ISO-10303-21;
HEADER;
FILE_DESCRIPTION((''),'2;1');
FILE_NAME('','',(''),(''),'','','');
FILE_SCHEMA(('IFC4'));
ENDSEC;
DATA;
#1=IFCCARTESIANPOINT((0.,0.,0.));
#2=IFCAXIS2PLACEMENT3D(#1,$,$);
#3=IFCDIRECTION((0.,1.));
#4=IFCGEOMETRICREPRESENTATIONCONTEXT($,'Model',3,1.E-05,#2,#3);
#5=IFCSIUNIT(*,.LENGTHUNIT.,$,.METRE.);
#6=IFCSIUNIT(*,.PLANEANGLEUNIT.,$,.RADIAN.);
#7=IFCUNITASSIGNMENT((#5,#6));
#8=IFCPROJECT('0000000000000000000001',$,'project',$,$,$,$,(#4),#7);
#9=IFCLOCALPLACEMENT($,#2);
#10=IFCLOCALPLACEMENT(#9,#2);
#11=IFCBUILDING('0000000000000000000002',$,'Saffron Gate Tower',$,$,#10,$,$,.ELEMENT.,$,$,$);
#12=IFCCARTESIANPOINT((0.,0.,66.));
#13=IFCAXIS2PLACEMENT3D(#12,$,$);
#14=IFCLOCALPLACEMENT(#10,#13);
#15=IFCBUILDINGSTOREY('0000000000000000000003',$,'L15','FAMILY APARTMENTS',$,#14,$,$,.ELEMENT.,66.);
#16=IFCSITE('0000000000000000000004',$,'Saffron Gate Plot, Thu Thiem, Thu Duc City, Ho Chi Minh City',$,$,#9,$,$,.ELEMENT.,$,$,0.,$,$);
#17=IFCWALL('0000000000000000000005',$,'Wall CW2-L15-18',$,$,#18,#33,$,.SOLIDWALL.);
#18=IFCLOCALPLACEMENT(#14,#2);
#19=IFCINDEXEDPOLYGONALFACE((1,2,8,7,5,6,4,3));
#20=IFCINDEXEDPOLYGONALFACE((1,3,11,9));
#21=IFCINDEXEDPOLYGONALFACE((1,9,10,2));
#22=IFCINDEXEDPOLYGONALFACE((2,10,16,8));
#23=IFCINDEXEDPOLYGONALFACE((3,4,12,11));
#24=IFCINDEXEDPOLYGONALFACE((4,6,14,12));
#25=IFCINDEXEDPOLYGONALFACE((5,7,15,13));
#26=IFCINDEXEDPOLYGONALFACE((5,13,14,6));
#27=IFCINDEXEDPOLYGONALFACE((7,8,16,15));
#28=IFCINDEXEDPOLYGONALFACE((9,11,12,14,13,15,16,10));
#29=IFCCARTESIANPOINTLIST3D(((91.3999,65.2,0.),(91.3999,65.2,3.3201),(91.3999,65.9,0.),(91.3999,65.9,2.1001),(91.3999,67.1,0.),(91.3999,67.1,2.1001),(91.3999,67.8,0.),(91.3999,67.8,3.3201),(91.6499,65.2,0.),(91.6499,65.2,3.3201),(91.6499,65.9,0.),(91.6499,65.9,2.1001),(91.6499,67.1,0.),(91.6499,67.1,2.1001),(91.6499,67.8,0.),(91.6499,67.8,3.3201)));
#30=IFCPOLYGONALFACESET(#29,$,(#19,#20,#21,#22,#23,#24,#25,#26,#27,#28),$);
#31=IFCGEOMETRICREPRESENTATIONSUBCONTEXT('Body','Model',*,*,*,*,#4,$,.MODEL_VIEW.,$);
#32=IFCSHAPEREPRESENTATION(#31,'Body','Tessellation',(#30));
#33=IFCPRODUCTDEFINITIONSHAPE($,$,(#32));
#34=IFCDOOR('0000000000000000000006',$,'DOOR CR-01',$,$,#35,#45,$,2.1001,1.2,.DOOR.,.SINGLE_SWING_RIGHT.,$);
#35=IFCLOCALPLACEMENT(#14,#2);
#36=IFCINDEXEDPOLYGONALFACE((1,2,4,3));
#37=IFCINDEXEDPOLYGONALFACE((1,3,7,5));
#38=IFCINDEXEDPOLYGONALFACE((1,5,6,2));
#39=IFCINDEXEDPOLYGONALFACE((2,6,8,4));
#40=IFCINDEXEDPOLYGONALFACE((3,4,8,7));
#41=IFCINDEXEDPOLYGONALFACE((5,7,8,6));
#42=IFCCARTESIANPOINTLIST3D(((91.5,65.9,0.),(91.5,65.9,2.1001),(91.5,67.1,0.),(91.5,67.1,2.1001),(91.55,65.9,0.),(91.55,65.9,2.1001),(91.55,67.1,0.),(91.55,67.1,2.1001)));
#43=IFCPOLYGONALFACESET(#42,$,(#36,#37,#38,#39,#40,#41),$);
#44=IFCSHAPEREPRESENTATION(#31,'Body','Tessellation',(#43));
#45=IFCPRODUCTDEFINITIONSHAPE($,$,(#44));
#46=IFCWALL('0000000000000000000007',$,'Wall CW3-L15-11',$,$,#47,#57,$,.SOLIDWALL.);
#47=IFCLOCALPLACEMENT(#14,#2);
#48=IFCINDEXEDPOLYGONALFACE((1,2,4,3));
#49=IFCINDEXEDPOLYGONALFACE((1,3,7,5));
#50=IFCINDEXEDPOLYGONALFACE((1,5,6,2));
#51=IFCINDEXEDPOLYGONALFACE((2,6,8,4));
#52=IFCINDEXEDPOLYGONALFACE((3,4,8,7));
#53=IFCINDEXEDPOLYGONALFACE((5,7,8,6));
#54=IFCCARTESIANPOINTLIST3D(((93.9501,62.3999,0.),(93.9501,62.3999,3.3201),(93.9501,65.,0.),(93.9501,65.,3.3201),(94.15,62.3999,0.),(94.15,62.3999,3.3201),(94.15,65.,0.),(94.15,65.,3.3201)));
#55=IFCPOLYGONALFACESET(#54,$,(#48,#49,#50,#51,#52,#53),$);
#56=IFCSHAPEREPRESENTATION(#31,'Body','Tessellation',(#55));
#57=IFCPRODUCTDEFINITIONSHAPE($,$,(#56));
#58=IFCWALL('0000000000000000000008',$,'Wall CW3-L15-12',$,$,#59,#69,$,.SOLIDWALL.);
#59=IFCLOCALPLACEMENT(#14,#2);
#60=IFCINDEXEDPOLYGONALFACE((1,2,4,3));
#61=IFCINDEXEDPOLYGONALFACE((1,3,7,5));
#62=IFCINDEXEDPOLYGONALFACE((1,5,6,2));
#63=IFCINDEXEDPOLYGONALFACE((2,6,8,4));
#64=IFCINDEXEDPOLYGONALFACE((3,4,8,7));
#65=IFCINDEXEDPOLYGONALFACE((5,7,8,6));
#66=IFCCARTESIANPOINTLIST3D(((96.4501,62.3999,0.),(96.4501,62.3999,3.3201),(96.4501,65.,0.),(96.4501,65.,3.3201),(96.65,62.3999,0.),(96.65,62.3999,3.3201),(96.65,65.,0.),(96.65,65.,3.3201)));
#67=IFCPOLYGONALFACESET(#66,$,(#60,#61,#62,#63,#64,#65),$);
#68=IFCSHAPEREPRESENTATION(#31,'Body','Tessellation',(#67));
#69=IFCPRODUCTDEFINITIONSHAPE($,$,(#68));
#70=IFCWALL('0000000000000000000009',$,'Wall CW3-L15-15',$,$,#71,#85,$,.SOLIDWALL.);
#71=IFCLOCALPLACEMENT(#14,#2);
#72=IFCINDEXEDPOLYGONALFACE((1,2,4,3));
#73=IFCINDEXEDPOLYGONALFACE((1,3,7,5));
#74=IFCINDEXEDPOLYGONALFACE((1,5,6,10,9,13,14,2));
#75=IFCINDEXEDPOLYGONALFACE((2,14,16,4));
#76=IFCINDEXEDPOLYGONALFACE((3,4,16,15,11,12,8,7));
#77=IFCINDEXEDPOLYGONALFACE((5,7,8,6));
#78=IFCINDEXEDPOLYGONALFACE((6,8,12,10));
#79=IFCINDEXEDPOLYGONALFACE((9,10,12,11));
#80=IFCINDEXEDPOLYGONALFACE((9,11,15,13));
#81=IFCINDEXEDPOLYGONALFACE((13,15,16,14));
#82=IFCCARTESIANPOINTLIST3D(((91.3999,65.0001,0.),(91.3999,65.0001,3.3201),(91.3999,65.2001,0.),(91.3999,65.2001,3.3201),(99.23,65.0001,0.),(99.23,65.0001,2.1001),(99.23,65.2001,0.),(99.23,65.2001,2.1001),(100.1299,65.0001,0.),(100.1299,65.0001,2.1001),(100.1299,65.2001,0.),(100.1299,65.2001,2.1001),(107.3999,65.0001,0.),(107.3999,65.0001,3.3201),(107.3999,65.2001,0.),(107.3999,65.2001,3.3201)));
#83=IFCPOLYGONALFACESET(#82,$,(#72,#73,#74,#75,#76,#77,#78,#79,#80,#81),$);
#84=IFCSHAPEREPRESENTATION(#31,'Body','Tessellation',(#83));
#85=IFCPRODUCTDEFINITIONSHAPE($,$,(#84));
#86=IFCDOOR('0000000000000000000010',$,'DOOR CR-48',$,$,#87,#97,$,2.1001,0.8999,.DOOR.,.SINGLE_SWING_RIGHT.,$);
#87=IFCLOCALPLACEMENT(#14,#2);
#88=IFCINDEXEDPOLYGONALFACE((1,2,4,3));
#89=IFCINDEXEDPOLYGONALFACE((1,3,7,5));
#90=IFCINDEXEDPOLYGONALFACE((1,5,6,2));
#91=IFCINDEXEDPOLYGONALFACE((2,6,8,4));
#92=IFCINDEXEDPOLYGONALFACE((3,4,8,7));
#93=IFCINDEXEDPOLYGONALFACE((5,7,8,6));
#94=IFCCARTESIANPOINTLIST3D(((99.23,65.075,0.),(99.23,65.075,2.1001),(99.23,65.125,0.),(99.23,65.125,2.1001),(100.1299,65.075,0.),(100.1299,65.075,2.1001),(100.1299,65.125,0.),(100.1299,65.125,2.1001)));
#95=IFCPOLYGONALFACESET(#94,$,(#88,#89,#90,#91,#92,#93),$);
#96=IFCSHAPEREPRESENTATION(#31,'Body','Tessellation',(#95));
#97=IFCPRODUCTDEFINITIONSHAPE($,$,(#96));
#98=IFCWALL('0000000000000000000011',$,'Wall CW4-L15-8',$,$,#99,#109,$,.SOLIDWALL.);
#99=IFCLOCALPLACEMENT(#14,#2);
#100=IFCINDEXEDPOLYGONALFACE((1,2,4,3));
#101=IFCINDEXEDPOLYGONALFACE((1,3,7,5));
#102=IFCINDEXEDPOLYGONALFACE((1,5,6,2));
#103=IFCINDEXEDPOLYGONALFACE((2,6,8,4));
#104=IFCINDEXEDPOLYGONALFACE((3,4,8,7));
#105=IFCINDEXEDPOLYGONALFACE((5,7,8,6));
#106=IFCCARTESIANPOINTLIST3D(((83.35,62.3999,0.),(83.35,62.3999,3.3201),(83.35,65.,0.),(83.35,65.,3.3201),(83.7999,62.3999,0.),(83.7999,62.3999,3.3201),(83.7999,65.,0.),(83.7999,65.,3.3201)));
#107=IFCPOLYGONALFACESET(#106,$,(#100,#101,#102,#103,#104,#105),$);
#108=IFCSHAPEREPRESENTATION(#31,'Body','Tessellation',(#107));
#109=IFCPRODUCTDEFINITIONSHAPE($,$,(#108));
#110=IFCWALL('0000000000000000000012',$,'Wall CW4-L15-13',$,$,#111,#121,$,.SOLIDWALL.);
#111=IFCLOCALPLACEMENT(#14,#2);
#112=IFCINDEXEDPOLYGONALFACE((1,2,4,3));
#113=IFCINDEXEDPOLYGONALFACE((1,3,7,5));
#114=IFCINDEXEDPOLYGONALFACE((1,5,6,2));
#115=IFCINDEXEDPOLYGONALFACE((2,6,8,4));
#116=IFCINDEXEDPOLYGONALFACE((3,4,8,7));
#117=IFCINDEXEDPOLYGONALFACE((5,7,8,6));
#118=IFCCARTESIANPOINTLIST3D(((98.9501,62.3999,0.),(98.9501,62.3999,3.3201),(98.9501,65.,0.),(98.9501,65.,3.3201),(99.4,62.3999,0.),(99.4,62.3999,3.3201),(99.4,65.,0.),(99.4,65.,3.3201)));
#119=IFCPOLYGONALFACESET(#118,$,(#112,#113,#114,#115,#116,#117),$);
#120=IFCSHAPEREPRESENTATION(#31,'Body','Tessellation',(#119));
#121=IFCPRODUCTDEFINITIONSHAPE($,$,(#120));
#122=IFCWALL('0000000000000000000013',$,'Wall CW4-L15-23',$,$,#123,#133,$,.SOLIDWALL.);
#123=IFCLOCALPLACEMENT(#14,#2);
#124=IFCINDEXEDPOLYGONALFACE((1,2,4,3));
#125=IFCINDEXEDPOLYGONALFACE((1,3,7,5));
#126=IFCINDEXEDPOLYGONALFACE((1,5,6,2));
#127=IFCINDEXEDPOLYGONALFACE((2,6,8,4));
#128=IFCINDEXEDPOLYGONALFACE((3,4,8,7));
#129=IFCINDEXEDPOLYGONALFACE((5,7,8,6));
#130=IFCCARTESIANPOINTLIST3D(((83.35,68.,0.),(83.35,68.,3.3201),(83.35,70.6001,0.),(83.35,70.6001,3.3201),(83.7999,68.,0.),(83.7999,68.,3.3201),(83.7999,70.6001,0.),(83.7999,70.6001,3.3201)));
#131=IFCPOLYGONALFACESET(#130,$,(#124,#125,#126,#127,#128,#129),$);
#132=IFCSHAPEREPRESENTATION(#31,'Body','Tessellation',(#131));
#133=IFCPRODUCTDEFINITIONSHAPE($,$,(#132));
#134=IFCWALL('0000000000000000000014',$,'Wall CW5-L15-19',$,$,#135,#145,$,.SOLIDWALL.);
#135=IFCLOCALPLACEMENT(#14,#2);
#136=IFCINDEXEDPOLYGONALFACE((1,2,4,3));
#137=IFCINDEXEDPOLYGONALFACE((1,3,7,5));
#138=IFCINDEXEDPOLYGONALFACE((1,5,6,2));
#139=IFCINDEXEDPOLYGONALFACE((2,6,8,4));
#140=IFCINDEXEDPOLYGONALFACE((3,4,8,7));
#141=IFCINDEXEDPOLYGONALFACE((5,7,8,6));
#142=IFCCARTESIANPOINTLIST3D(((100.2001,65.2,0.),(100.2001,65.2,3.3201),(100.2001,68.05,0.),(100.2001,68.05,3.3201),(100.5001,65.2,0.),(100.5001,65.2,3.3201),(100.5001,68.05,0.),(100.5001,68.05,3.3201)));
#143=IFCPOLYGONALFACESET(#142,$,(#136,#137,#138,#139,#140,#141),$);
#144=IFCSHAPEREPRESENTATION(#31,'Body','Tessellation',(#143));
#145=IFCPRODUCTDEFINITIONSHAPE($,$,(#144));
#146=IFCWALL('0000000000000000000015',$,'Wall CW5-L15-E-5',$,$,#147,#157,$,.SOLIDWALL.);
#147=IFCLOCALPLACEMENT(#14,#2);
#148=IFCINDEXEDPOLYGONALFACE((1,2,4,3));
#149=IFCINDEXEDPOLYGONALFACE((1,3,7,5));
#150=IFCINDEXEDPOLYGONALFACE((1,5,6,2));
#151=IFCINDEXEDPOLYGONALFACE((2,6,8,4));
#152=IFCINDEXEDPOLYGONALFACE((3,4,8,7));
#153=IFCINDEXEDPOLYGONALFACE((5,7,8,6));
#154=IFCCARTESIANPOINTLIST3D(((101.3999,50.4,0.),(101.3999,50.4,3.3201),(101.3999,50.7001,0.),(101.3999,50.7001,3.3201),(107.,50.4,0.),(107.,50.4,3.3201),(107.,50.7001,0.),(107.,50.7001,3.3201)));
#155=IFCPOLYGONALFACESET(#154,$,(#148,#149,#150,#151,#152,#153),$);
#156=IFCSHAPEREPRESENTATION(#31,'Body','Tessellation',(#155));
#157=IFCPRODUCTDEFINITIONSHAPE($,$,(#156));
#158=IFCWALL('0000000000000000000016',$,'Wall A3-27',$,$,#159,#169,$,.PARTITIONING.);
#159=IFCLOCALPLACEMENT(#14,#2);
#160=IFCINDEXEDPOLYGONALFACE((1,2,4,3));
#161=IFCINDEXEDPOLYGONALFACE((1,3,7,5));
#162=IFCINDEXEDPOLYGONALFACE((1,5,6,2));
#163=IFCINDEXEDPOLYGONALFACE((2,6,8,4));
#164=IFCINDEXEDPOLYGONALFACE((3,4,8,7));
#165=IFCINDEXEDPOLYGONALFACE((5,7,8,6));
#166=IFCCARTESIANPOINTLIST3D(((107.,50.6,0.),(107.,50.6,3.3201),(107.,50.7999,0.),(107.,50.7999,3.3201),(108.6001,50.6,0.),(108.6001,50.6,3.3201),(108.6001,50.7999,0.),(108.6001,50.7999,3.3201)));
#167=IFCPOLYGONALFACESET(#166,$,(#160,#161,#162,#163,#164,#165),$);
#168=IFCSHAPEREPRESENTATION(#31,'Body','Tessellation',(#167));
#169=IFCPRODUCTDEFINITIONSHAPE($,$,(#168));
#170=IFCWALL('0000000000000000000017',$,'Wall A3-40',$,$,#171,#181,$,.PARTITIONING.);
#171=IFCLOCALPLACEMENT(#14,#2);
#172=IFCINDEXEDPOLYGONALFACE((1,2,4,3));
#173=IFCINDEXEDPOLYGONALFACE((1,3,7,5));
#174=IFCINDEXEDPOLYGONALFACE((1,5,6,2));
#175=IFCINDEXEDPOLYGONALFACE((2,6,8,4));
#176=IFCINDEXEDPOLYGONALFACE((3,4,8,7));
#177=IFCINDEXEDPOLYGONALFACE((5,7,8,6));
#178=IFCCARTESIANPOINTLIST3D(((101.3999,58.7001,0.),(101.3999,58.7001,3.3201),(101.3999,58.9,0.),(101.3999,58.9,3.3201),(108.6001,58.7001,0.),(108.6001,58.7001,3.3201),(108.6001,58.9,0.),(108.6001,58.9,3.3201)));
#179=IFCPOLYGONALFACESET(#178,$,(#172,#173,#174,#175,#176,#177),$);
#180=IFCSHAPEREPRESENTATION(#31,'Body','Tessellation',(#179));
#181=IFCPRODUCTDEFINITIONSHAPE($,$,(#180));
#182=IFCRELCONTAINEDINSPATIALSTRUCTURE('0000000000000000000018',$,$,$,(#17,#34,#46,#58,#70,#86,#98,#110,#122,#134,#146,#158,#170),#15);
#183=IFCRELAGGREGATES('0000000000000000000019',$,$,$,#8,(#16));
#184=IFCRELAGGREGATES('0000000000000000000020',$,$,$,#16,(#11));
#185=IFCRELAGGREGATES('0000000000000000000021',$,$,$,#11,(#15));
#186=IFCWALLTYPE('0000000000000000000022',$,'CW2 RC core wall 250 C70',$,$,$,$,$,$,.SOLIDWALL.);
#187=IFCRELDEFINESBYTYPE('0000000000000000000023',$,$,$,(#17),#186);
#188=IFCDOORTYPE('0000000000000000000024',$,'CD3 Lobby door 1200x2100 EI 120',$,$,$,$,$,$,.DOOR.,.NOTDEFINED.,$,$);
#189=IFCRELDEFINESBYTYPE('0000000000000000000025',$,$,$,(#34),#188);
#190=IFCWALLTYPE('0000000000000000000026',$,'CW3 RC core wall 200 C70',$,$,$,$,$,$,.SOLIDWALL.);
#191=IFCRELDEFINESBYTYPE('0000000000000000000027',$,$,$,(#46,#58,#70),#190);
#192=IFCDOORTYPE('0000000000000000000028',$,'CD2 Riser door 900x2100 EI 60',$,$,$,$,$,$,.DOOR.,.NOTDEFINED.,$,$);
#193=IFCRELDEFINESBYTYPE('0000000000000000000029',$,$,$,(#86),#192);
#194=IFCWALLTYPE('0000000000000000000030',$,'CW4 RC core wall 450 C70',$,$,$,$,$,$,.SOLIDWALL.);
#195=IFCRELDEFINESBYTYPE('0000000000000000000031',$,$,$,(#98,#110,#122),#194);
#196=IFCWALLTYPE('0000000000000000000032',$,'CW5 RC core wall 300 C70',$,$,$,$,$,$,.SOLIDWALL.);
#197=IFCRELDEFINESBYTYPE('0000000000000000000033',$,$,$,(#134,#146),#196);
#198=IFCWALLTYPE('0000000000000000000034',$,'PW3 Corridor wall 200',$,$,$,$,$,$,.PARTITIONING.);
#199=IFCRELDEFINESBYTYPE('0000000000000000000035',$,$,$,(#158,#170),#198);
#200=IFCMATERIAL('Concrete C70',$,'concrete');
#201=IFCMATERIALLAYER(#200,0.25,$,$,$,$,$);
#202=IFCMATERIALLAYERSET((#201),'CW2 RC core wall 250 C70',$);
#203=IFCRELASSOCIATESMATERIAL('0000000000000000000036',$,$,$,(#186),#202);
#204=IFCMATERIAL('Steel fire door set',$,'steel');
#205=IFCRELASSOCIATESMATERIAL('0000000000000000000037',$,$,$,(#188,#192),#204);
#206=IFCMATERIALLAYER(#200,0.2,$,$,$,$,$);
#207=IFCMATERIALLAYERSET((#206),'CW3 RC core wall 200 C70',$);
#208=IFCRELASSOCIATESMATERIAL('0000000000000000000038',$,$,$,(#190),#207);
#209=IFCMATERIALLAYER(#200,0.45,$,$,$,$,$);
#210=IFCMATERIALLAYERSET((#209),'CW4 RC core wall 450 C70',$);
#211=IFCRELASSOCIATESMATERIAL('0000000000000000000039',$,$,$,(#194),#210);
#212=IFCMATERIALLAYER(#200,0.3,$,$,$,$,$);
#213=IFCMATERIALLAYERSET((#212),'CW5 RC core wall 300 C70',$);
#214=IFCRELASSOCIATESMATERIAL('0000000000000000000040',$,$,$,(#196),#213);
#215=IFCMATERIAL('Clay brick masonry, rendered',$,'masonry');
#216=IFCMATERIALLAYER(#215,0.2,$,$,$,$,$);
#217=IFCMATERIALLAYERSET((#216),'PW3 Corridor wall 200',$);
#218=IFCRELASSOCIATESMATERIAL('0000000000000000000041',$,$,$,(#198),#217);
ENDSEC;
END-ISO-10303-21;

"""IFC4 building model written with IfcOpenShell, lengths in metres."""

from ifc_helpers import new_model, si_unit, direction, frame, frame_2d, origin, place, context, subcontext, project, spatial, rectangle, extrude, material, layer, layer_set, type_object, element, fill, save


model = new_model("IFC4")

# Units and contexts
model_context = context("Model", 3, precision=1e-05, world=origin(), true_north=direction((0.0, 1.0)))
body_context = subcontext(model_context, "Body", "Model", "MODEL_VIEW")
ifc_project = project(units=[si_unit("LENGTHUNIT", "METRE"), si_unit("PLANEANGLEUNIT", "RADIAN")], contexts=[model_context])

# Site, building, storey
site_placement = place(None, origin())
site = spatial("IfcSite", under=ifc_project, at=site_placement, Name="Saffron Gate Plot, Thu Thiem, Thu Duc City, Ho Chi Minh City", CompositionType="ELEMENT", RefElevation=0.0)
building_placement = place(site_placement, origin())
building = spatial("IfcBuilding", under=site, at=building_placement, Name="Saffron Gate Tower", CompositionType="ELEMENT")
storey_placement = place(building_placement, frame((0.0, 0.0, 66.0)))
storey = spatial("IfcBuildingStorey", under=building, at=storey_placement, Name="L15", Description="FAMILY APARTMENTS", CompositionType="ELEMENT", Elevation=66.0)

# Shared definitions
ifc_material_1 = material(Name="Concrete C70", Category="concrete")
ifc_material_2 = material(Name="Steel fire door set", Category="steel")

# Shared definitions
ifc_layer_1 = layer(ifc_material_1, 0.25)
ifc_layer_set_1 = layer_set([ifc_layer_1], Name="CW2 RC core wall 250 C70")
wall_type_1 = type_object("IfcWallType", Name="CW2 RC core wall 250 C70", PredefinedType="SOLIDWALL", material=ifc_layer_set_1)

# Wall, opening, door
door_type_1 = type_object("IfcDoorType", Name="CD3 Lobby door 1200x2100 EI 120", OperationType="NOTDEFINED", PredefinedType="DOOR", material=ifc_material_2)
wall_1_placement = place(storey_placement, frame((91.5249, 65.2, 0.0), z_axis=(0.0, 0.0, 1.0), x_axis=(0.0, 1.0, 0.0)))
wall_1 = element("IfcWall", 1, at=wall_1_placement, inside=storey, type_object=wall_type_1, Name="Wall CW2-L15-18", PredefinedType="SOLIDWALL", context=body_context, shape_type="SweptSolid", body=[
    extrude(rectangle(XDim=2.6001, YDim=0.25, at=frame_2d((1.3, 0.0))), origin(), (0.0, 0.0, 1.0), 3.3201),
])
opening_1_placement = place(wall_1_placement, frame((0.7, 0.0, 0.0)))
opening_1 = element("IfcOpeningElement", 2, at=opening_1_placement, cuts=wall_1, PredefinedType="OPENING", context=body_context, shape_type="SweptSolid", body=[
    extrude(rectangle(XDim=1.2, YDim=2.1001, at=frame_2d((0.6001, 1.05))), frame((0.0, 0.135, 0.0), z_axis=(0.0, -1.0, 0.0), x_axis=(1.0, 0.0, 0.0)), (0.0, 0.0, 1.0), 0.27),
])
door_1_placement = place(opening_1_placement, origin())
door_1 = element("IfcDoor", 3, at=door_1_placement, inside=storey, type_object=door_type_1, Name="DOOR CR-01", OperationType="SINGLE_SWING_RIGHT", OverallHeight=2.1001, OverallWidth=1.2, PredefinedType="DOOR", context=body_context, shape_type="SweptSolid", body=[
    extrude(rectangle(XDim=1.2, YDim=2.1001, at=frame_2d((0.6001, 1.05))), frame((0.0, 0.0249, 0.0), z_axis=(0.0, -1.0, 0.0), x_axis=(1.0, 0.0, 0.0)), (0.0, 0.0, 1.0), 0.05),
])
fill(opening_1, door_1)

# Walls
ifc_layer_2 = layer(ifc_material_1, 0.2)
ifc_layer_set_2 = layer_set([ifc_layer_2], Name="CW3 RC core wall 200 C70")
wall_type_2 = type_object("IfcWallType", Name="CW3 RC core wall 200 C70", PredefinedType="SOLIDWALL", material=ifc_layer_set_2)
for number, where, z_axis, x_axis, name in (
    (4, (94.05, 62.3999, 0.0), (0.0, 0.0, 1.0), (0.0, 1.0, 0.0), "Wall CW3-L15-11"),
    (5, (96.55, 62.3999, 0.0), (0.0, 0.0, 1.0), (0.0, 1.0, 0.0), "Wall CW3-L15-12"),
):
    element("IfcWall", number, at=place(storey_placement, frame(where, z_axis=z_axis, x_axis=x_axis)), inside=storey, type_object=wall_type_2, Name=name, PredefinedType="SOLIDWALL", context=body_context, shape_type="SweptSolid", body=[
        extrude(rectangle(XDim=2.6001, YDim=0.2, at=frame_2d((1.3, 0.0))), origin(), (0.0, 0.0, 1.0), 3.3201),
    ])

# Wall, opening, door
wall_2_placement = place(storey_placement, frame((91.3999, 65.1001, 0.0), z_axis=(0.0, 0.0, 1.0), x_axis=(1.0, 0.0, 0.0)))
wall_2 = element("IfcWall", 6, at=wall_2_placement, inside=storey, type_object=wall_type_2, Name="Wall CW3-L15-15", PredefinedType="SOLIDWALL", context=body_context, shape_type="SweptSolid", body=[
    extrude(rectangle(XDim=16.0, YDim=0.2, at=frame_2d((8.0, 0.0))), origin(), (0.0, 0.0, 1.0), 3.3201),
])
opening_2_placement = place(wall_2_placement, frame((7.8301, 0.0, 0.0)))
opening_2 = element("IfcOpeningElement", 7, at=opening_2_placement, cuts=wall_2, PredefinedType="OPENING", context=body_context, shape_type="SweptSolid", body=[
    extrude(rectangle(XDim=0.8999, YDim=2.1001, at=frame_2d((0.45, 1.05))), frame((0.0, 0.1099, 0.0), z_axis=(0.0, -1.0, 0.0), x_axis=(1.0, 0.0, 0.0)), (0.0, 0.0, 1.0), 0.22),
])
door_type_2 = type_object("IfcDoorType", Name="CD2 Riser door 900x2100 EI 60", OperationType="NOTDEFINED", PredefinedType="DOOR", material=ifc_material_2)
door_2_placement = place(opening_2_placement, origin())
door_2 = element("IfcDoor", 8, at=door_2_placement, inside=storey, type_object=door_type_2, Name="DOOR CR-48", OperationType="SINGLE_SWING_RIGHT", OverallHeight=2.1001, OverallWidth=0.8999, PredefinedType="DOOR", context=body_context, shape_type="SweptSolid", body=[
    extrude(rectangle(XDim=0.8999, YDim=2.1001, at=frame_2d((0.45, 1.05))), frame((0.0, 0.0249, 0.0), z_axis=(0.0, -1.0, 0.0), x_axis=(1.0, 0.0, 0.0)), (0.0, 0.0, 1.0), 0.05),
])
fill(opening_2, door_2)

# Walls
ifc_layer_3 = layer(ifc_material_1, 0.45)
ifc_layer_set_3 = layer_set([ifc_layer_3], Name="CW4 RC core wall 450 C70")
wall_type_3 = type_object("IfcWallType", Name="CW4 RC core wall 450 C70", PredefinedType="SOLIDWALL", material=ifc_layer_set_3)
for number, where, z_axis, x_axis, name in (
    (9, (83.575, 62.3999, 0.0), (0.0, 0.0, 1.0), (0.0, 1.0, 0.0), "Wall CW4-L15-8"),
    (10, (99.175, 62.3999, 0.0), (0.0, 0.0, 1.0), (0.0, 1.0, 0.0), "Wall CW4-L15-13"),
    (11, (83.575, 68.0, 0.0), (0.0, 0.0, 1.0), (0.0, 1.0, 0.0), "Wall CW4-L15-23"),
):
    element("IfcWall", number, at=place(storey_placement, frame(where, z_axis=z_axis, x_axis=x_axis)), inside=storey, type_object=wall_type_3, Name=name, PredefinedType="SOLIDWALL", context=body_context, shape_type="SweptSolid", body=[
        extrude(rectangle(XDim=2.6001, YDim=0.45, at=frame_2d((1.3, 0.0))), origin(), (0.0, 0.0, 1.0), 3.3201),
    ])
ifc_layer_4 = layer(ifc_material_1, 0.3)
ifc_layer_set_4 = layer_set([ifc_layer_4], Name="CW5 RC core wall 300 C70")
wall_type_4 = type_object("IfcWallType", Name="CW5 RC core wall 300 C70", PredefinedType="SOLIDWALL", material=ifc_layer_set_4)
wall_3_placement = place(storey_placement, frame((100.3501, 65.2, 0.0), z_axis=(0.0, 0.0, 1.0), x_axis=(0.0, 1.0, 0.0)))
element("IfcWall", 12, at=wall_3_placement, inside=storey, type_object=wall_type_4, Name="Wall CW5-L15-19", PredefinedType="SOLIDWALL", context=body_context, shape_type="SweptSolid", body=[
    extrude(rectangle(XDim=2.8501, YDim=0.3, at=frame_2d((1.425, 0.0))), origin(), (0.0, 0.0, 1.0), 3.3201),
])
wall_4_placement = place(storey_placement, frame((101.3999, 50.55, 0.0), z_axis=(0.0, 0.0, 1.0), x_axis=(1.0, 0.0, 0.0)))
element("IfcWall", 13, at=wall_4_placement, inside=storey, type_object=wall_type_4, Name="Wall CW5-L15-E-5", PredefinedType="SOLIDWALL", context=body_context, shape_type="SweptSolid", body=[
    extrude(rectangle(XDim=5.6001, YDim=0.3, at=frame_2d((2.8, 0.0))), origin(), (0.0, 0.0, 1.0), 3.3201),
])
ifc_material_3 = material(Name="Clay brick masonry, rendered", Category="masonry")
ifc_layer_5 = layer(ifc_material_3, 0.2)
ifc_layer_set_5 = layer_set([ifc_layer_5], Name="PW3 Corridor wall 200")
wall_type_5 = type_object("IfcWallType", Name="PW3 Corridor wall 200", PredefinedType="PARTITIONING", material=ifc_layer_set_5)
wall_5_placement = place(storey_placement, frame((107.0, 50.7, 0.0), z_axis=(0.0, 0.0, 1.0), x_axis=(1.0, 0.0, 0.0)))
element("IfcWall", 14, at=wall_5_placement, inside=storey, type_object=wall_type_5, Name="Wall A3-27", PredefinedType="PARTITIONING", context=body_context, shape_type="SweptSolid", body=[
    extrude(rectangle(XDim=1.6001, YDim=0.2, at=frame_2d((0.8, 0.0))), origin(), (0.0, 0.0, 1.0), 3.3201),
])
wall_6_placement = place(storey_placement, frame((101.3999, 58.8, 0.0), z_axis=(0.0, 0.0, 1.0), x_axis=(1.0, 0.0, 0.0)))
element("IfcWall", 15, at=wall_6_placement, inside=storey, type_object=wall_type_5, Name="Wall A3-40", PredefinedType="PARTITIONING", context=body_context, shape_type="SweptSolid", body=[
    extrude(rectangle(XDim=7.2002, YDim=0.2, at=frame_2d((3.6001, 0.0))), origin(), (0.0, 0.0, 1.0), 3.3201),
])

save(model, "model.ifc")
